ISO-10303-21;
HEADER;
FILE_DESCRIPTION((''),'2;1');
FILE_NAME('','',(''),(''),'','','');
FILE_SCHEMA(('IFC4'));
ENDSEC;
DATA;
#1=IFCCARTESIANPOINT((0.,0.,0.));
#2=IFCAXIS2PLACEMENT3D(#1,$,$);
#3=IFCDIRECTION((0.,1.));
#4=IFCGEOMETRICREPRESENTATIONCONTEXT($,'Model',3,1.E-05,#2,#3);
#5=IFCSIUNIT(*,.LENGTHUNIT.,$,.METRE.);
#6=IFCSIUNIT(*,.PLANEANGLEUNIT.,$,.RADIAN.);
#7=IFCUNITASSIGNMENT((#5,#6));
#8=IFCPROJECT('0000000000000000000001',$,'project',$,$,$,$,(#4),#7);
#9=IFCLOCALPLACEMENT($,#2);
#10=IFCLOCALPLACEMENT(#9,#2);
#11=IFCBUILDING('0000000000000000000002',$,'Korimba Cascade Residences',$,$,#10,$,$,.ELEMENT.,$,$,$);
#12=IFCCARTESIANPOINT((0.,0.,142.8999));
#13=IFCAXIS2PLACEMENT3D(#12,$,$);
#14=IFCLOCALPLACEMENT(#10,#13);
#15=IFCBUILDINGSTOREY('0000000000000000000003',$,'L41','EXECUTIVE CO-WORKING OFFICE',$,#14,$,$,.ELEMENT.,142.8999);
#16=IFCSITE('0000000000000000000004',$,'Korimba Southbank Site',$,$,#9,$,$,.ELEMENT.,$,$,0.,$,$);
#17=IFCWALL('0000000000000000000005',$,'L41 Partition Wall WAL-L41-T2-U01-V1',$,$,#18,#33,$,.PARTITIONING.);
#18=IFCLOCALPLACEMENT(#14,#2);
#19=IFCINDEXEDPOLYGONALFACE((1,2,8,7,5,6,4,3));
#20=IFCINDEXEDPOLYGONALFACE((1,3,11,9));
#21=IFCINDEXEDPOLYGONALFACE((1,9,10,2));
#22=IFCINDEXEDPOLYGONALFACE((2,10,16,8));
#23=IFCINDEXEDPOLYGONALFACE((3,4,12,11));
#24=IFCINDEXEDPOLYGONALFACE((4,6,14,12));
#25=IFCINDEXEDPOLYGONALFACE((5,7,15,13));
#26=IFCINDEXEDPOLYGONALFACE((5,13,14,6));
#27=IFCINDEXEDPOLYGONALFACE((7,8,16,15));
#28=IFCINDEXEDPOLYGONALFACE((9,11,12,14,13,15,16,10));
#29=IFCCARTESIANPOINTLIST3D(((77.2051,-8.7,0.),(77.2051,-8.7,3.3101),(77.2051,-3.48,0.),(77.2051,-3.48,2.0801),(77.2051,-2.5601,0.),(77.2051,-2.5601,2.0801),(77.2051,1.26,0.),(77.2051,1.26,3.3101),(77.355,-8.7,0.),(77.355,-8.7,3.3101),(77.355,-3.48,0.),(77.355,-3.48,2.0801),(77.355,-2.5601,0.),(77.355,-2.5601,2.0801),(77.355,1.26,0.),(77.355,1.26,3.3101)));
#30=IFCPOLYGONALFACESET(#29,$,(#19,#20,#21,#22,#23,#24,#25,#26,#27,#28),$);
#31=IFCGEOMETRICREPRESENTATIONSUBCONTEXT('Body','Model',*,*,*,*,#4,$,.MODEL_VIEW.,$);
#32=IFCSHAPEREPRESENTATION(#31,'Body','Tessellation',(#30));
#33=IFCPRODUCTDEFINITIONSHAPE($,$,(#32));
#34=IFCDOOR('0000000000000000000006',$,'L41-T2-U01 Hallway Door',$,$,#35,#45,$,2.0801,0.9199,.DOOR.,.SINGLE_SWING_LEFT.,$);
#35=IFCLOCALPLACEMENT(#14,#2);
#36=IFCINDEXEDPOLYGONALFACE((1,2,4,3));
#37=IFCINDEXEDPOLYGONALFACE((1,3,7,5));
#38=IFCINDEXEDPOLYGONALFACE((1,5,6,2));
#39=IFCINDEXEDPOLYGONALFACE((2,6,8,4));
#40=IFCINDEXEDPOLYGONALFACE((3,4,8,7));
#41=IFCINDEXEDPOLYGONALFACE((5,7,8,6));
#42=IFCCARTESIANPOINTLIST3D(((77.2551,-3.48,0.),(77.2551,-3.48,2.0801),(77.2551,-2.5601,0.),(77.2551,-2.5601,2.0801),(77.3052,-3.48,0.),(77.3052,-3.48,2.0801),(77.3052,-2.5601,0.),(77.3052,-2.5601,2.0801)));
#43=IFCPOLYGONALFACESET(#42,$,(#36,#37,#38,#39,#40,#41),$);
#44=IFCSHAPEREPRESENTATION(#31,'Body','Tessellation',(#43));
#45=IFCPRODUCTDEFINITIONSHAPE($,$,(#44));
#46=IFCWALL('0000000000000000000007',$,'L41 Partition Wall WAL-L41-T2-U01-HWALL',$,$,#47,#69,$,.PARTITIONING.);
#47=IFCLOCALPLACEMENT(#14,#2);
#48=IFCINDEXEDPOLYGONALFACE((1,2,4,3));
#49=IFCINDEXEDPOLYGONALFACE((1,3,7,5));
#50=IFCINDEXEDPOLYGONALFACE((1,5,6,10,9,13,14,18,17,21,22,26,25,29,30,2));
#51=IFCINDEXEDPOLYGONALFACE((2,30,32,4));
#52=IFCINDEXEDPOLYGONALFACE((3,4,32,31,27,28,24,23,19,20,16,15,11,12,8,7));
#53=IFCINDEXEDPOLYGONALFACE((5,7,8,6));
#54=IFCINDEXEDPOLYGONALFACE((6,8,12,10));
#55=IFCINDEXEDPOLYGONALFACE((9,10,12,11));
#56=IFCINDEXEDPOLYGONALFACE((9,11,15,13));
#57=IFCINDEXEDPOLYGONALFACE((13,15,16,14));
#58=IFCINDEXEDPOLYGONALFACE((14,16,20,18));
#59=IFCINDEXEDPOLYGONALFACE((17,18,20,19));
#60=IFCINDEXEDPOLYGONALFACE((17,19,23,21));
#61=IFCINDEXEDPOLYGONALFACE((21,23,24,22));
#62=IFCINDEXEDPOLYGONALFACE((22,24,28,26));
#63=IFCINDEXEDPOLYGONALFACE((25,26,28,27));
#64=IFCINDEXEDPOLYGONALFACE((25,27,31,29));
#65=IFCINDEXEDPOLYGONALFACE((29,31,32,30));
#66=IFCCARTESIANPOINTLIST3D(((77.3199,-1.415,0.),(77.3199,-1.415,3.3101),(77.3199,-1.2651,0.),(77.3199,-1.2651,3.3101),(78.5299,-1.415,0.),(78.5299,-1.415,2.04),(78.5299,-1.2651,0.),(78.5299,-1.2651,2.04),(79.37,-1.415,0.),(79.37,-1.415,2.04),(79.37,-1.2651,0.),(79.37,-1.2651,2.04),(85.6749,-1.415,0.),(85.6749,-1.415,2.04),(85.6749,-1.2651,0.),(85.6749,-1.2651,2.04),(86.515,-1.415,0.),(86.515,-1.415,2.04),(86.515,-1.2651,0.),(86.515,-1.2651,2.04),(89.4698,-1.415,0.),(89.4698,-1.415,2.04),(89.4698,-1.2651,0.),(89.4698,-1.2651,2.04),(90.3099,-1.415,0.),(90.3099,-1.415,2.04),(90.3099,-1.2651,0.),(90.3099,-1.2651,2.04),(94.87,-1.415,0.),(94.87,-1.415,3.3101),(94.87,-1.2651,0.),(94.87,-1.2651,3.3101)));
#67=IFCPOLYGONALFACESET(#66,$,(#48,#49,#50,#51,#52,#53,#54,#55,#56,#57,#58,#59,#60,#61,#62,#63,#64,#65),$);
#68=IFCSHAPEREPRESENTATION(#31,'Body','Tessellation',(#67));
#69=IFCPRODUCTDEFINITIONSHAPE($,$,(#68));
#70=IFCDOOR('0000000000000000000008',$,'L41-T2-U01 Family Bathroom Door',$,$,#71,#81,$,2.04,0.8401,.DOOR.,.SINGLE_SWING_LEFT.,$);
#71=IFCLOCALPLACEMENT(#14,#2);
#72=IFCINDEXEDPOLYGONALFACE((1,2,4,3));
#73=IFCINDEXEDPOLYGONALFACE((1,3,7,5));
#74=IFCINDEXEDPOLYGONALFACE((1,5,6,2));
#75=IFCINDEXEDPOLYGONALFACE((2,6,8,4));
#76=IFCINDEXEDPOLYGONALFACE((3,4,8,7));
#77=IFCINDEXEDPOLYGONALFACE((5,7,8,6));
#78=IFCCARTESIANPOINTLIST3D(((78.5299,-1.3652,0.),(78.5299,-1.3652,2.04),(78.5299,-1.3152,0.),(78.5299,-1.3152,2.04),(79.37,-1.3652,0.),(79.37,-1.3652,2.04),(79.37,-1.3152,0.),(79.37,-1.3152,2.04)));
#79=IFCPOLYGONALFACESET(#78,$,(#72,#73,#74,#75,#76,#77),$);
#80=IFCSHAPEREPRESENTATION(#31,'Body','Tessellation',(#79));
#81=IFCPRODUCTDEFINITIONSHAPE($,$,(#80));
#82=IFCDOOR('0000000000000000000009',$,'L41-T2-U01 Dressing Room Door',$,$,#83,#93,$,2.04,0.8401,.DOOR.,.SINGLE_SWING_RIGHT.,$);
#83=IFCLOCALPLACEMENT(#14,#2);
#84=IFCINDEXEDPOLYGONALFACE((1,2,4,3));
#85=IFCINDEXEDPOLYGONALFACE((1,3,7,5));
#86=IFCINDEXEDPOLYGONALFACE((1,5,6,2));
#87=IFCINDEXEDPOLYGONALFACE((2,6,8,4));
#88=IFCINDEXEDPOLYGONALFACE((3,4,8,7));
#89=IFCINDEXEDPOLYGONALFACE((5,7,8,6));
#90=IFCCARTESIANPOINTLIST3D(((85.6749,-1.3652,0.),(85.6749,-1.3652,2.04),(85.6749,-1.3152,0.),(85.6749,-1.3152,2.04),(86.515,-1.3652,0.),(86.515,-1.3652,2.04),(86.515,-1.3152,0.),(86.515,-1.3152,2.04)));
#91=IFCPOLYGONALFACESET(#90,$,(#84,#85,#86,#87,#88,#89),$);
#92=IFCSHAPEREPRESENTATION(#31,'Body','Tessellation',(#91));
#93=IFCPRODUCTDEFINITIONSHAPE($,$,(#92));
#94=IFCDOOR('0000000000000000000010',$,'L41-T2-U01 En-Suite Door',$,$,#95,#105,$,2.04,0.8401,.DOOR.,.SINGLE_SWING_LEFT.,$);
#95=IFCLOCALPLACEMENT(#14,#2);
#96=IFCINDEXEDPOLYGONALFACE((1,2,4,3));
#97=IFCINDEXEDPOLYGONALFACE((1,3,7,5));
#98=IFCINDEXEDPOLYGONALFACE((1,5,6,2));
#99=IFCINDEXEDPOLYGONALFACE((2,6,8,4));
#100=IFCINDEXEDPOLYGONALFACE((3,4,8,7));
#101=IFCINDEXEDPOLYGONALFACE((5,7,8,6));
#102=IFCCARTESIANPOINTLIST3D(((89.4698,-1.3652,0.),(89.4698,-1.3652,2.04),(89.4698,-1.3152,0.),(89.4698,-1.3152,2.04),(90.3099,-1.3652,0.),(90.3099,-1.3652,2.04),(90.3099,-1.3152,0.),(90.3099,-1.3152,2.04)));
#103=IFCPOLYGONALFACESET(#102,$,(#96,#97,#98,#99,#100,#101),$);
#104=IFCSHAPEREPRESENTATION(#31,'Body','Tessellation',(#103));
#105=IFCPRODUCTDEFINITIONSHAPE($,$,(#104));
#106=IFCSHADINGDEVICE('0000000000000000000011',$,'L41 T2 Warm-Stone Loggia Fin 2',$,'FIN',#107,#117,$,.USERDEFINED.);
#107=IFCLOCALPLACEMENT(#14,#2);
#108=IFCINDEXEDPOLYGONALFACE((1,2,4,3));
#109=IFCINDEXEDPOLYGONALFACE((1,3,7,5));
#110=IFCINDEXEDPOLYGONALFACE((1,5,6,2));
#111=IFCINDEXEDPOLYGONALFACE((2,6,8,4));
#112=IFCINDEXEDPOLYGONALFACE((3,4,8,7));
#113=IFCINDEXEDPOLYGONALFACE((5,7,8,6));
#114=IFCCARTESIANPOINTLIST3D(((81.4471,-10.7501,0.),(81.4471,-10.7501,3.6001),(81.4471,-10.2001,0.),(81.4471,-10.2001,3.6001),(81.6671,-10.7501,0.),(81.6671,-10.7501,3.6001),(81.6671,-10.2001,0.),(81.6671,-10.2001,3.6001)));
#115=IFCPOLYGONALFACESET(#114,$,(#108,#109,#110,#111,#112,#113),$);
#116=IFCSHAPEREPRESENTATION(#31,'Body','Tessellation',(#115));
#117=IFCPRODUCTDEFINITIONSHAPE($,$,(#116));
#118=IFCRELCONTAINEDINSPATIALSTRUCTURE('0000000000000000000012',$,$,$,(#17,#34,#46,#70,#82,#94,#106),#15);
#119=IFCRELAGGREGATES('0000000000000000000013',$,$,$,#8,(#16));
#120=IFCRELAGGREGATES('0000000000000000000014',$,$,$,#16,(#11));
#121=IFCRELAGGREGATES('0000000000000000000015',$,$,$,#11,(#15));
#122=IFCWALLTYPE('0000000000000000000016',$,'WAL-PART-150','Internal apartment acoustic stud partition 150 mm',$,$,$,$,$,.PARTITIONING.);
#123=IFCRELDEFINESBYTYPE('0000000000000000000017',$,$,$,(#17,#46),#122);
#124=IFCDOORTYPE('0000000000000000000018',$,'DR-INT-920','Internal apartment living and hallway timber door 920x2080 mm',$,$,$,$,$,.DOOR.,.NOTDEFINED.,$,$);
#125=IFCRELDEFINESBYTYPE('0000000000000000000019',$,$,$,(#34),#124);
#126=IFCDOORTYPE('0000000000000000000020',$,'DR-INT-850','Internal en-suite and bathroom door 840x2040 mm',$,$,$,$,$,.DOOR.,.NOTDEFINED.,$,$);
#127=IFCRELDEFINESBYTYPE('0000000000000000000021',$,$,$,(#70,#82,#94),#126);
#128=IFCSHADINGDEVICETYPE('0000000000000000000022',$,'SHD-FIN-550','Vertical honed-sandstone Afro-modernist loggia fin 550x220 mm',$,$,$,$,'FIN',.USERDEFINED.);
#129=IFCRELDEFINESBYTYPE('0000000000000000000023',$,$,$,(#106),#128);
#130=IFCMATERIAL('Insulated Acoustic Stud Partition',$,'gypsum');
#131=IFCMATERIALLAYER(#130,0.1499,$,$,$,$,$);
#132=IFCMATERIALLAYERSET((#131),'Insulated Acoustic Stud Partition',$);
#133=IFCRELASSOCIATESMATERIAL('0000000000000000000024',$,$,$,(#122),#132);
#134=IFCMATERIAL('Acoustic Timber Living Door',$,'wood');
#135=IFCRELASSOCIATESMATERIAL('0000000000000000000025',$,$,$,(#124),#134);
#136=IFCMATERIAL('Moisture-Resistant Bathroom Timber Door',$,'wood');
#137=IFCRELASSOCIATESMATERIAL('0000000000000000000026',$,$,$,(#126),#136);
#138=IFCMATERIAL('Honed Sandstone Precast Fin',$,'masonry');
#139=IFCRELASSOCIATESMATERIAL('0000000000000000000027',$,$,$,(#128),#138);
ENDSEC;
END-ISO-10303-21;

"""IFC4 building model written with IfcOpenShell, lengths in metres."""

from ifc_helpers import new_model, si_unit, direction, frame, frame_2d, origin, origin_2d, place, context, subcontext, project, spatial, rectangle, extrude, material, layer, layer_set, type_object, element, fill, save


model = new_model("IFC4")

# Units and contexts
model_context = context("Model", 3, precision=1e-05, world=origin(), true_north=direction((0.0, 1.0)))
body_context = subcontext(model_context, "Body", "Model", "MODEL_VIEW")
ifc_project = project(units=[si_unit("LENGTHUNIT", "METRE"), si_unit("PLANEANGLEUNIT", "RADIAN")], contexts=[model_context])

# Site, building, storey
site_placement = place(None, origin())
site = spatial("IfcSite", under=ifc_project, at=site_placement, Name="Korimba Southbank Site", CompositionType="ELEMENT", RefElevation=0.0)
building_placement = place(site_placement, origin())
building = spatial("IfcBuilding", under=site, at=building_placement, Name="Korimba Cascade Residences", CompositionType="ELEMENT")
storey_placement = place(building_placement, frame((0.0, 0.0, 142.8999)))
storey = spatial("IfcBuildingStorey", under=building, at=storey_placement, Name="L41", Description="EXECUTIVE CO-WORKING OFFICE", CompositionType="ELEMENT", Elevation=142.8999)

# Shared definitions
ifc_material_1 = material(Name="Insulated Acoustic Stud Partition", Category="gypsum")
ifc_layer_1 = layer(ifc_material_1, 0.1499)
ifc_layer_set_1 = layer_set([ifc_layer_1], Name="Insulated Acoustic Stud Partition")
wall_type_1 = type_object("IfcWallType", Name="WAL-PART-150", Description="Internal apartment acoustic stud partition 150 mm", PredefinedType="PARTITIONING", material=ifc_layer_set_1)

# Wall, opening, door
wall_1_placement = place(storey_placement, frame((77.28, -8.7, 0.0), z_axis=(0.0, 0.0, 1.0), x_axis=(0.0, 1.0, 0.0)))
wall_1 = element("IfcWall", 1, at=wall_1_placement, inside=storey, type_object=wall_type_1, Name="L41 Partition Wall WAL-L41-T2-U01-V1", PredefinedType="PARTITIONING", context=body_context, shape_type="SweptSolid", body=[
    extrude(rectangle(XDim=9.96, YDim=0.1499, at=frame_2d((4.98, 0.0))), origin(), (0.0, 0.0, 1.0), 3.3101),
])
opening_1_placement = place(wall_1_placement, frame((5.22, 0.0, 0.0)))
opening_1 = element("IfcOpeningElement", 2, at=opening_1_placement, cuts=wall_1, PredefinedType="OPENING", context=body_context, shape_type="SweptSolid", body=[
    extrude(rectangle(XDim=0.9199, YDim=2.0801, at=frame_2d((0.46, 1.04))), frame((0.0, 0.085, 0.0), z_axis=(0.0, -1.0, 0.0), x_axis=(1.0, 0.0, 0.0)), (0.0, 0.0, 1.0), 0.1699),
])
ifc_material_2 = material(Name="Acoustic Timber Living Door", Category="wood")
door_type_1 = type_object("IfcDoorType", Name="DR-INT-920", Description="Internal apartment living and hallway timber door 920x2080 mm", OperationType="NOTDEFINED", PredefinedType="DOOR", material=ifc_material_2)
door_1_placement = place(opening_1_placement, origin())
door_1 = element("IfcDoor", 3, at=door_1_placement, inside=storey, type_object=door_type_1, Name="L41-T2-U01 Hallway Door", OperationType="SINGLE_SWING_LEFT", OverallHeight=2.0801, OverallWidth=0.9199, PredefinedType="DOOR", context=body_context, shape_type="SweptSolid", body=[
    extrude(rectangle(XDim=0.9199, YDim=2.0801, at=frame_2d((0.46, 1.04))), frame((0.0, 0.0249, 0.0), z_axis=(0.0, -1.0, 0.0), x_axis=(1.0, 0.0, 0.0)), (0.0, 0.0, 1.0), 0.05),
])
fill(opening_1, door_1)

# Wall, openings, doors
wall_2_placement = place(storey_placement, frame((77.3201, -1.3401, 0.0), z_axis=(0.0, 0.0, 1.0), x_axis=(1.0, 0.0, 0.0)))
wall_2 = element("IfcWall", 4, at=wall_2_placement, inside=storey, type_object=wall_type_1, Name="L41 Partition Wall WAL-L41-T2-U01-HWALL", PredefinedType="PARTITIONING", context=body_context, shape_type="SweptSolid", body=[
    extrude(rectangle(XDim=17.55, YDim=0.1499, at=frame_2d((8.7749, 0.0))), origin(), (0.0, 0.0, 1.0), 3.3101),
])
opening_2_placement = place(wall_2_placement, frame((1.21, 0.0, 0.0)))
opening_2 = element("IfcOpeningElement", 5, at=opening_2_placement, cuts=wall_2, PredefinedType="OPENING", context=body_context, shape_type="SweptSolid", body=[
    extrude(rectangle(XDim=0.8401, YDim=2.04, at=frame_2d((0.4199, 1.02))), frame((0.0, 0.085, 0.0), z_axis=(0.0, -1.0, 0.0), x_axis=(1.0, 0.0, 0.0)), (0.0, 0.0, 1.0), 0.1699),
])
opening_3_placement = place(wall_2_placement, frame((8.355, 0.0, 0.0)))
opening_3 = element("IfcOpeningElement", 6, at=opening_3_placement, cuts=wall_2, PredefinedType="OPENING", context=body_context, shape_type="SweptSolid", body=[
    extrude(rectangle(XDim=0.8401, YDim=2.04, at=frame_2d((0.4199, 1.02))), frame((0.0, 0.085, 0.0), z_axis=(0.0, -1.0, 0.0), x_axis=(1.0, 0.0, 0.0)), (0.0, 0.0, 1.0), 0.1699),
])
opening_4_placement = place(wall_2_placement, frame((12.1499, 0.0, 0.0)))
opening_4 = element("IfcOpeningElement", 7, at=opening_4_placement, cuts=wall_2, PredefinedType="OPENING", context=body_context, shape_type="SweptSolid", body=[
    extrude(rectangle(XDim=0.8401, YDim=2.04, at=frame_2d((0.4199, 1.02))), frame((0.0, 0.085, 0.0), z_axis=(0.0, -1.0, 0.0), x_axis=(1.0, 0.0, 0.0)), (0.0, 0.0, 1.0), 0.1699),
])
ifc_material_3 = material(Name="Moisture-Resistant Bathroom Timber Door", Category="wood")
door_type_2 = type_object("IfcDoorType", Name="DR-INT-850", Description="Internal en-suite and bathroom door 840x2040 mm", OperationType="NOTDEFINED", PredefinedType="DOOR", material=ifc_material_3)
door_2_placement = place(opening_2_placement, origin())
door_2 = element("IfcDoor", 8, at=door_2_placement, inside=storey, type_object=door_type_2, Name="L41-T2-U01 Family Bathroom Door", OperationType="SINGLE_SWING_LEFT", OverallHeight=2.04, OverallWidth=0.8401, PredefinedType="DOOR", context=body_context, shape_type="SweptSolid", body=[
    extrude(rectangle(XDim=0.8401, YDim=2.04, at=frame_2d((0.4199, 1.02))), frame((0.0, 0.0249, 0.0), z_axis=(0.0, -1.0, 0.0), x_axis=(1.0, 0.0, 0.0)), (0.0, 0.0, 1.0), 0.05),
])
fill(opening_2, door_2)
door_3_placement = place(opening_3_placement, origin())
door_3 = element("IfcDoor", 9, at=door_3_placement, inside=storey, type_object=door_type_2, Name="L41-T2-U01 Dressing Room Door", OperationType="SINGLE_SWING_RIGHT", OverallHeight=2.04, OverallWidth=0.8401, PredefinedType="DOOR", context=body_context, shape_type="SweptSolid", body=[
    extrude(rectangle(XDim=0.8401, YDim=2.04, at=frame_2d((0.4199, 1.02))), frame((0.0, 0.0249, 0.0), z_axis=(0.0, -1.0, 0.0), x_axis=(1.0, 0.0, 0.0)), (0.0, 0.0, 1.0), 0.05),
])
fill(opening_3, door_3)
door_4_placement = place(opening_4_placement, origin())
door_4 = element("IfcDoor", 10, at=door_4_placement, inside=storey, type_object=door_type_2, Name="L41-T2-U01 En-Suite Door", OperationType="SINGLE_SWING_LEFT", OverallHeight=2.04, OverallWidth=0.8401, PredefinedType="DOOR", context=body_context, shape_type="SweptSolid", body=[
    extrude(rectangle(XDim=0.8401, YDim=2.04, at=frame_2d((0.4199, 1.02))), frame((0.0, 0.0249, 0.0), z_axis=(0.0, -1.0, 0.0), x_axis=(1.0, 0.0, 0.0)), (0.0, 0.0, 1.0), 0.05),
])
fill(opening_4, door_4)

# Shading device
ifc_material_4 = material(Name="Honed Sandstone Precast Fin", Category="masonry")
shading_device_type = type_object("IfcShadingDeviceType", Name="SHD-FIN-550", Description="Vertical honed-sandstone Afro-modernist loggia fin 550x220 mm", ElementType="FIN", PredefinedType="USERDEFINED", material=ifc_material_4)
shading_device_placement = place(storey_placement, frame((81.5571, -10.4751, 0.0), z_axis=(0.0, 0.0, 1.0), x_axis=(1.0, 0.0, 0.0)))
element("IfcShadingDevice", 11, at=shading_device_placement, inside=storey, type_object=shading_device_type, Name="L41 T2 Warm-Stone Loggia Fin 2", ObjectType="FIN", PredefinedType="USERDEFINED", context=body_context, shape_type="SweptSolid", body=[
    extrude(rectangle(XDim=0.22, YDim=0.55, at=origin_2d()), origin(), (0.0, 0.0, 1.0), 3.6001),
])

save(model, "model.ifc")
